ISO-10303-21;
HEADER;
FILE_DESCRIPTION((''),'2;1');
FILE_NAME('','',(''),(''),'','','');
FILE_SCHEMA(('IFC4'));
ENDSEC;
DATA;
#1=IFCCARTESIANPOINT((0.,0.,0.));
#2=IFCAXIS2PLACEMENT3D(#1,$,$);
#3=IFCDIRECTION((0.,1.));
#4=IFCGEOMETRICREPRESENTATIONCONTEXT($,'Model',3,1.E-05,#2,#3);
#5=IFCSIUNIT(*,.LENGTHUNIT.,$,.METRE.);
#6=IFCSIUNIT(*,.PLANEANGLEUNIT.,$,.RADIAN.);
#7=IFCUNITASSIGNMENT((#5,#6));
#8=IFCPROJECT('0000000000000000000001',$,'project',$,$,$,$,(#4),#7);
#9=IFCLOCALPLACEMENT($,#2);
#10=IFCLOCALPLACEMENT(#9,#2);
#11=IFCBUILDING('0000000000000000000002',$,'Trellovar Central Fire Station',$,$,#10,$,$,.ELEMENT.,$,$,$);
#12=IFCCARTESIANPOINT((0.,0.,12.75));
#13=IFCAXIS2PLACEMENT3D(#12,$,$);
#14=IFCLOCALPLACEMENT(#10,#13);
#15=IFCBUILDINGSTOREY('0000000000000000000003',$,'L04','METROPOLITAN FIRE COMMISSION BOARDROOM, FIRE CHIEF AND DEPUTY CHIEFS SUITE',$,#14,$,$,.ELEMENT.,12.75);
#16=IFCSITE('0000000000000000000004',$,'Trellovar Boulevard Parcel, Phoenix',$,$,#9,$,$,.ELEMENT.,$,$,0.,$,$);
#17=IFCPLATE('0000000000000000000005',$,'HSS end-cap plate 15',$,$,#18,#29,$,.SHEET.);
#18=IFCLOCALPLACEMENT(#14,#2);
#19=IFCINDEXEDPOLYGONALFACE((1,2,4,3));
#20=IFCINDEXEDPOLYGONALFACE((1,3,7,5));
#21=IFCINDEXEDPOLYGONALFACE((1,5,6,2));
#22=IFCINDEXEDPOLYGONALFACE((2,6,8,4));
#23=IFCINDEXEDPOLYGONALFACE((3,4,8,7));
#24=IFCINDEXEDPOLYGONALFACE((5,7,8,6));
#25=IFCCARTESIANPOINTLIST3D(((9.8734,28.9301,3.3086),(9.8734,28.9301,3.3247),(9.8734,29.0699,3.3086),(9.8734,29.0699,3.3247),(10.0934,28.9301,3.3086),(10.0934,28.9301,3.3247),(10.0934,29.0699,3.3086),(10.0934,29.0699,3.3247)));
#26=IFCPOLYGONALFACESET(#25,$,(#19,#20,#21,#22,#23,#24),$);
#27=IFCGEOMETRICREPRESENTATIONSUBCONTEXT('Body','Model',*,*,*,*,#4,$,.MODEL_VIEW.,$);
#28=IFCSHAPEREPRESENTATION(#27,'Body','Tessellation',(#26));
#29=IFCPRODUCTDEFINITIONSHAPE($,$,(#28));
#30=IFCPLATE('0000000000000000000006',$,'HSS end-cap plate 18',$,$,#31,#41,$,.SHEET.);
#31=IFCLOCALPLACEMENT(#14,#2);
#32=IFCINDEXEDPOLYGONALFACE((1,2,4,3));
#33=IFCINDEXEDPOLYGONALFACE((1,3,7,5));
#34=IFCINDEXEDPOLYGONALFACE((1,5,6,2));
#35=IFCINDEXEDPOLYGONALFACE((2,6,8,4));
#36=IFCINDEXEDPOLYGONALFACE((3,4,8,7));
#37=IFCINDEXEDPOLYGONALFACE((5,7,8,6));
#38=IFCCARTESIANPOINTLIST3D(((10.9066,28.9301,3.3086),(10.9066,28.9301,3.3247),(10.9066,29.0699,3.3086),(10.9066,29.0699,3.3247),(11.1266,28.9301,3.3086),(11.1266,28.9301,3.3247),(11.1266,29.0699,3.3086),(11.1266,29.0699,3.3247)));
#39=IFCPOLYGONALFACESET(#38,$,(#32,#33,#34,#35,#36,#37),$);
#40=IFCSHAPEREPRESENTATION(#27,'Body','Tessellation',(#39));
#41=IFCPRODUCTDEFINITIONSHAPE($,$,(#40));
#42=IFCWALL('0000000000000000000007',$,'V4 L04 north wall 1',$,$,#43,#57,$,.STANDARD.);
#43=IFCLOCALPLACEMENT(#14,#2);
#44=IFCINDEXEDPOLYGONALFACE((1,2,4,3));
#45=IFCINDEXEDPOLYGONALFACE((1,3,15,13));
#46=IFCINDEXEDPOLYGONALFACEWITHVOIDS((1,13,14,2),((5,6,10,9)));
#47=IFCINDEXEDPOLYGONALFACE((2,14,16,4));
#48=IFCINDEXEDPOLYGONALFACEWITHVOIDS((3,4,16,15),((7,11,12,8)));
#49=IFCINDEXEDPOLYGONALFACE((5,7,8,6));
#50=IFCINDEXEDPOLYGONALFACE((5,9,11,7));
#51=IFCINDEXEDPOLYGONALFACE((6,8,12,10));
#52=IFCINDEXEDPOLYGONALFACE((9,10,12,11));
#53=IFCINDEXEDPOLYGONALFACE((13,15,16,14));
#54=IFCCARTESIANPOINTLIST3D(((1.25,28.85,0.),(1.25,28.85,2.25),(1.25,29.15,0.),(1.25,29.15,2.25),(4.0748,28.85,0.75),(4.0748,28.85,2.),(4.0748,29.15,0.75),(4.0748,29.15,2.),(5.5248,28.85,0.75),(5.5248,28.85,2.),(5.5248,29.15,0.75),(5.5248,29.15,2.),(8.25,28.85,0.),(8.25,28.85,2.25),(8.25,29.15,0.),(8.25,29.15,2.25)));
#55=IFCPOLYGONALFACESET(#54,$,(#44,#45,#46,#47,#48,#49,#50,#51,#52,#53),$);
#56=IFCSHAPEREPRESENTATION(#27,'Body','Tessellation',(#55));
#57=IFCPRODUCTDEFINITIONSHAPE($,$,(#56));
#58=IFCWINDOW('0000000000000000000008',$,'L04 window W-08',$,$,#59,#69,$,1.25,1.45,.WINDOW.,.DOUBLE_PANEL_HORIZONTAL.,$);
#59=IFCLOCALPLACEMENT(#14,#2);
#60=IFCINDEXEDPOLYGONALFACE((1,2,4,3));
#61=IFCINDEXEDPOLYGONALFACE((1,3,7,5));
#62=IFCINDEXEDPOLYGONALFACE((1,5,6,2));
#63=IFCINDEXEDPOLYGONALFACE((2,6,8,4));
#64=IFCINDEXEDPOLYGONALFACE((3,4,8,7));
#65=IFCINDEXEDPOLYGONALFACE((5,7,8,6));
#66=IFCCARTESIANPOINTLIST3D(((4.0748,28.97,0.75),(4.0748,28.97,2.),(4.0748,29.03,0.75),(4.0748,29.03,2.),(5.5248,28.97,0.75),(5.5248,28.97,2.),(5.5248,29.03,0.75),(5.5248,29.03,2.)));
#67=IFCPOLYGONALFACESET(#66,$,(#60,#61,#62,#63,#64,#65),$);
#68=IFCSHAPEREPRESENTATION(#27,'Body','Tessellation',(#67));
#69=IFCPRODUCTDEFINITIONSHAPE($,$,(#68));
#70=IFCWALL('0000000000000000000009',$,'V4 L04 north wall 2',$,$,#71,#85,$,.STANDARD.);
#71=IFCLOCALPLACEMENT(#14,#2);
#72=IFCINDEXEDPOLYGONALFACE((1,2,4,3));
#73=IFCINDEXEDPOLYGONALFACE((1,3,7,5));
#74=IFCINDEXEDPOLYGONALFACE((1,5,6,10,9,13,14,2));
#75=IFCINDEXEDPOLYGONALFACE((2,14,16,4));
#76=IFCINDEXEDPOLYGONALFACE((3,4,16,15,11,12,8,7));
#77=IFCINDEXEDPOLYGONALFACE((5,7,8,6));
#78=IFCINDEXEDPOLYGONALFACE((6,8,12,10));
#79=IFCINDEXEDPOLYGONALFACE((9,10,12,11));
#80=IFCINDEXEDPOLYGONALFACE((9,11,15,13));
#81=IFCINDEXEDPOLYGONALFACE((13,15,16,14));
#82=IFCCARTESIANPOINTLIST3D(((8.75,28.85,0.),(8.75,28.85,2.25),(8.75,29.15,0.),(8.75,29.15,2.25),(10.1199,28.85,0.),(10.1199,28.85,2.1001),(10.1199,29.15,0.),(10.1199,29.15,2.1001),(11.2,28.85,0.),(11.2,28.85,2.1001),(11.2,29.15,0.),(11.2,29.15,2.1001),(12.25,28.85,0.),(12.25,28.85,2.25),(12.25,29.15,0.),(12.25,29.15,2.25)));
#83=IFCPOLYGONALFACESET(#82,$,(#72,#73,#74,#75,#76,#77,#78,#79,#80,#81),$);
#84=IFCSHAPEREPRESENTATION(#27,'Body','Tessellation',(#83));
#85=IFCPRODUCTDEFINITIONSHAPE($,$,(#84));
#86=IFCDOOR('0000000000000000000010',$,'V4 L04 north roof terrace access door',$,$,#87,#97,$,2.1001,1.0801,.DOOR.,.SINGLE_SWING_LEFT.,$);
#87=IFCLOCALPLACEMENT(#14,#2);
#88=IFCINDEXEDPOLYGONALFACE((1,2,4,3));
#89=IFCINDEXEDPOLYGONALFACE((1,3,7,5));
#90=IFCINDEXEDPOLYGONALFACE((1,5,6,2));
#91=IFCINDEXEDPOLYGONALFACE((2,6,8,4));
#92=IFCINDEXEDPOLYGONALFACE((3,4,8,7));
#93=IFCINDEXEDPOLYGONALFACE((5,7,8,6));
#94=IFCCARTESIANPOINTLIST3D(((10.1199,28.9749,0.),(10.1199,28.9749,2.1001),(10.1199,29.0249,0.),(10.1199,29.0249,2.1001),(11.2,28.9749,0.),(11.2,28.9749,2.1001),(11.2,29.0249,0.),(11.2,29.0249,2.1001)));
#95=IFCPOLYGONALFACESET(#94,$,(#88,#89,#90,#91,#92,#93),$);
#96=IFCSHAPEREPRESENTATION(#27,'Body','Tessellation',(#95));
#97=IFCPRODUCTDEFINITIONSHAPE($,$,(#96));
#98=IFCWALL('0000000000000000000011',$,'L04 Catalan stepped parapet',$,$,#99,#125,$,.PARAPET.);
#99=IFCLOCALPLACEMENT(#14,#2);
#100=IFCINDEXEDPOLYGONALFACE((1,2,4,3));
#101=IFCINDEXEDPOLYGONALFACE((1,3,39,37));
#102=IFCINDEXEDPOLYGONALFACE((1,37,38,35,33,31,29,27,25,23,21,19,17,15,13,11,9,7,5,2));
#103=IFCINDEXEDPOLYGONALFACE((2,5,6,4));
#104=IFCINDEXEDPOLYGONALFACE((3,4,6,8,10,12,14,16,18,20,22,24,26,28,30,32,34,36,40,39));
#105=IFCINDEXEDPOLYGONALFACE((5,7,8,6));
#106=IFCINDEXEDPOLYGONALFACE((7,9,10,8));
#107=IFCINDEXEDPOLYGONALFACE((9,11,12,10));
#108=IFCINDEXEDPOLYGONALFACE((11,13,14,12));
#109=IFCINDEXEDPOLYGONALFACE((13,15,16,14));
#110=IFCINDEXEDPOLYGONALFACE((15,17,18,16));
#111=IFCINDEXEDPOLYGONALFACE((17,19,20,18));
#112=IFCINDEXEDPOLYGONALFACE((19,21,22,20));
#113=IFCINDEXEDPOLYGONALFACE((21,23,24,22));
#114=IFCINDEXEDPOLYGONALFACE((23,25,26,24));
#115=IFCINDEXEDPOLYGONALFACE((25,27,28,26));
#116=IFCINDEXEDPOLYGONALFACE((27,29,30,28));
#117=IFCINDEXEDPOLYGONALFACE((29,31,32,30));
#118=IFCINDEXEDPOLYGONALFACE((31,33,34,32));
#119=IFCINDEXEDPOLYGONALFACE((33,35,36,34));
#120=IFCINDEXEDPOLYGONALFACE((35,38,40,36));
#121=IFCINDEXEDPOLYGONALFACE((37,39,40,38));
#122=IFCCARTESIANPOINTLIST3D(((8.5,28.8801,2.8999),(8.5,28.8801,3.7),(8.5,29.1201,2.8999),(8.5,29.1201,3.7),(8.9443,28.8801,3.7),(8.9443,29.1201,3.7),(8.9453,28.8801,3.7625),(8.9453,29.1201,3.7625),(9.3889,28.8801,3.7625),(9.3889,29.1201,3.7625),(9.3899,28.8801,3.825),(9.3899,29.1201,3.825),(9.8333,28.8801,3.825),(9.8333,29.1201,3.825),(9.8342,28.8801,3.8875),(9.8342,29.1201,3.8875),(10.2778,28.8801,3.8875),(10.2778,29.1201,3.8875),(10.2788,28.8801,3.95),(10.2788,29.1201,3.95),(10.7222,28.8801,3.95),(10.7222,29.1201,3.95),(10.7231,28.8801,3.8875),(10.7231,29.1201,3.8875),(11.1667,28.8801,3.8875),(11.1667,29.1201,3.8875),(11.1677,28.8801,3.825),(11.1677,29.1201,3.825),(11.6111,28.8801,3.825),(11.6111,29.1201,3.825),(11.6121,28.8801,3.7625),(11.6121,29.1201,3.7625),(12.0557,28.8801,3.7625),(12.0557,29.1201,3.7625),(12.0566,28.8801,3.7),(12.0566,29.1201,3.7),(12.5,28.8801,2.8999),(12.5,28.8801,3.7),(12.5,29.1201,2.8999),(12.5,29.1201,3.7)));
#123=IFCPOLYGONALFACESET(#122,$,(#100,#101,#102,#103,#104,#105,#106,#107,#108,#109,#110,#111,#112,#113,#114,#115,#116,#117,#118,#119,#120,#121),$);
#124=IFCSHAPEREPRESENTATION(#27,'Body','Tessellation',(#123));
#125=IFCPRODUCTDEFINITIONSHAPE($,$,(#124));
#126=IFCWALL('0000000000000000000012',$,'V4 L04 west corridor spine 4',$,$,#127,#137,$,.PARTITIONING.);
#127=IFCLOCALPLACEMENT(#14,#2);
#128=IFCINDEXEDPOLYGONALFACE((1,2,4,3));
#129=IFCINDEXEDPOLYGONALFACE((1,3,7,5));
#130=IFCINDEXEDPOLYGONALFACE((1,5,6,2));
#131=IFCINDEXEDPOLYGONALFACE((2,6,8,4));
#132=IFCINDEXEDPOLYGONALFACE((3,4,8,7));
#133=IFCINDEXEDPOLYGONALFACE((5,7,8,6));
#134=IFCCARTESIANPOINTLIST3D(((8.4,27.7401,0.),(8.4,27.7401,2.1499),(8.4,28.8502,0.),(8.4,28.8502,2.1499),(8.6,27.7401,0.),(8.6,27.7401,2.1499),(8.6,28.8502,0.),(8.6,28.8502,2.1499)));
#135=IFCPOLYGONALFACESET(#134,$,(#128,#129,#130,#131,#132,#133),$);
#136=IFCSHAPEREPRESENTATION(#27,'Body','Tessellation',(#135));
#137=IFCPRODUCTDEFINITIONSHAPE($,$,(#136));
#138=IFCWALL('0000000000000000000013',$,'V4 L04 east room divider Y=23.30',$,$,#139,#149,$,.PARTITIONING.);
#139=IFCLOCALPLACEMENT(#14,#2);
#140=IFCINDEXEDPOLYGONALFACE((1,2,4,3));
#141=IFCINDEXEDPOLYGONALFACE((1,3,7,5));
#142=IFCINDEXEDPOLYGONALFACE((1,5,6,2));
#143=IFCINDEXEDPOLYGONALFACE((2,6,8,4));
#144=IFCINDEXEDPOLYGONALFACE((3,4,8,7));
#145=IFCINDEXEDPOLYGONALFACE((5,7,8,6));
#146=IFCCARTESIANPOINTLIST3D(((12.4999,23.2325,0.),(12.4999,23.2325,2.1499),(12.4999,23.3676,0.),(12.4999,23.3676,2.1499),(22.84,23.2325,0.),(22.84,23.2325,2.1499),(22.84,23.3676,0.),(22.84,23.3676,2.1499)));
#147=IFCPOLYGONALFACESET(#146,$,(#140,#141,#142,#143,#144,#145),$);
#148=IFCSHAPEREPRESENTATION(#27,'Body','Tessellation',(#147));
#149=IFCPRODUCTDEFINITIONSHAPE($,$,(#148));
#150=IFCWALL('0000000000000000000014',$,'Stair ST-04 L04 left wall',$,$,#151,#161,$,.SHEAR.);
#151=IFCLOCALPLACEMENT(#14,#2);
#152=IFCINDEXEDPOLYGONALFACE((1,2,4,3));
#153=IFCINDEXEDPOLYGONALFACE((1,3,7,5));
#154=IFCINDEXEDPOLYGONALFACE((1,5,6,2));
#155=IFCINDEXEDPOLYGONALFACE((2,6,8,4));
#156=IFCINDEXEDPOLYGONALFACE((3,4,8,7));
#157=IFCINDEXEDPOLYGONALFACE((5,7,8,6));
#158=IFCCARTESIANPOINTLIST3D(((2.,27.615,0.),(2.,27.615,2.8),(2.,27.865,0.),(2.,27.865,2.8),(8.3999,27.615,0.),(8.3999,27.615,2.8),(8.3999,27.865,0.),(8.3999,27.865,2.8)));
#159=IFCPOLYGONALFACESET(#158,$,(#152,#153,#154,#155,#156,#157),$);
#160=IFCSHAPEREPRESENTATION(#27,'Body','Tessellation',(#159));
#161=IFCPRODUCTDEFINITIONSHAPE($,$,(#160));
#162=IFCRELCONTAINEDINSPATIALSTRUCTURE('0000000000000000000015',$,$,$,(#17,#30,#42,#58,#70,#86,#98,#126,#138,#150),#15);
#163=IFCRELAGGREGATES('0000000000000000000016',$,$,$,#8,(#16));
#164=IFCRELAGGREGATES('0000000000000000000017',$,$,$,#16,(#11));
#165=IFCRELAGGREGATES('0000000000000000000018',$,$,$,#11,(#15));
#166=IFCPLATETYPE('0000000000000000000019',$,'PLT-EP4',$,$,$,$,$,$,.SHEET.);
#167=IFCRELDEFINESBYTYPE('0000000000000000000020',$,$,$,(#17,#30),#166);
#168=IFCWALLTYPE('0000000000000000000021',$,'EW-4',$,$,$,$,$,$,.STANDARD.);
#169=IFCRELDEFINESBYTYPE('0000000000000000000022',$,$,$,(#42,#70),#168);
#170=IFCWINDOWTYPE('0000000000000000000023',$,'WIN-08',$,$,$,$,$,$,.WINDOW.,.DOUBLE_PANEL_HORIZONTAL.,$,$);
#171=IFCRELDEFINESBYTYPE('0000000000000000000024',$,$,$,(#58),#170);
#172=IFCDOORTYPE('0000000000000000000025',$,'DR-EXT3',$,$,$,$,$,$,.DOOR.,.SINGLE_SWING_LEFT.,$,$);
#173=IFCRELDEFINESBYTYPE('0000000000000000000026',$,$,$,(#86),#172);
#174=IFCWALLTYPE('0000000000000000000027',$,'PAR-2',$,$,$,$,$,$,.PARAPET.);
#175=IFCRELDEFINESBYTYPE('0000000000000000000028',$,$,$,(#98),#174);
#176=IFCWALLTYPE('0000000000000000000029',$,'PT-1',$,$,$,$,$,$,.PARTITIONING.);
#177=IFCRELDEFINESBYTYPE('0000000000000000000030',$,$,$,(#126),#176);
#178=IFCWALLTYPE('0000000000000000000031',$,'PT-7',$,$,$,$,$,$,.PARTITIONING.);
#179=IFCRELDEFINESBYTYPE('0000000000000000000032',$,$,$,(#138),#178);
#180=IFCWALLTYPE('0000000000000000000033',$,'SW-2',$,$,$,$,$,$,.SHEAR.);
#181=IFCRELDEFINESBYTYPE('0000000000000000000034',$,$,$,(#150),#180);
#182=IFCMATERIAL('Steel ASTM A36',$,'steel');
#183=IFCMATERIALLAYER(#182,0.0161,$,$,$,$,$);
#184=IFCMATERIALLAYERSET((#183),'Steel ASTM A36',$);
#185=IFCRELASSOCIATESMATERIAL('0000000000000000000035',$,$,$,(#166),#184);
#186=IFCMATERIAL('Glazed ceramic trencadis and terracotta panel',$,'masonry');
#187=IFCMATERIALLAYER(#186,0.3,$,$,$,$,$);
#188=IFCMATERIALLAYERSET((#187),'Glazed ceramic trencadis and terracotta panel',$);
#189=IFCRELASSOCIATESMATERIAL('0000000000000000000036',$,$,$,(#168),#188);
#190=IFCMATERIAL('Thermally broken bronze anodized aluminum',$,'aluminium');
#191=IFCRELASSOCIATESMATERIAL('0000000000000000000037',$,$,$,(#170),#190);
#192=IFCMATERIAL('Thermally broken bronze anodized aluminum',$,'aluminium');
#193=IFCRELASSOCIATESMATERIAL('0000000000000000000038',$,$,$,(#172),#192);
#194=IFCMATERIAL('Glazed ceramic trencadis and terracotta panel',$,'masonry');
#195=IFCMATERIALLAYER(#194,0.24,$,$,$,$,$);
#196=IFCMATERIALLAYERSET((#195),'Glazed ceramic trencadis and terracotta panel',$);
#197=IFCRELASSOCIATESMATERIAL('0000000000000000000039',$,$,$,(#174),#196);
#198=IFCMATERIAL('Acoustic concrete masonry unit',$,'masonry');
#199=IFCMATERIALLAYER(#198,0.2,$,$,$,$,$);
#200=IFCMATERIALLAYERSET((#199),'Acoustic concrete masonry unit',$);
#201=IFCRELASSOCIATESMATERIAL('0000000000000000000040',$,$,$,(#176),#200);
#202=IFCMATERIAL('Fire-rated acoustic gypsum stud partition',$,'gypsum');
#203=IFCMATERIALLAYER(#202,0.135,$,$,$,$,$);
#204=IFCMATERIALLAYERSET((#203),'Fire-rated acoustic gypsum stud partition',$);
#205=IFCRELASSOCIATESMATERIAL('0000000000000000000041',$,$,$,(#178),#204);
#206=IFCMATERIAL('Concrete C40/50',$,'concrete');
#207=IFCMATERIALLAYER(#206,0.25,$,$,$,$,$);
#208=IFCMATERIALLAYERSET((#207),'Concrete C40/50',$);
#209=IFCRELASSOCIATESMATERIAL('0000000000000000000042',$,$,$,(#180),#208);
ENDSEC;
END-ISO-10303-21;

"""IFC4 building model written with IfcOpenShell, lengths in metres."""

from ifc_helpers import new_model, si_unit, direction, frame, frame_2d, origin, origin_2d, place, context, subcontext, project, spatial, polyline, rectangle, outline, extrude, material, layer, layer_set, type_object, element, fill, save


model = new_model("IFC4")

# Units and contexts
model_context = context("Model", 3, precision=1e-05, world=origin(), true_north=direction((0.0, 1.0)))
body_context = subcontext(model_context, "Body", "Model", "MODEL_VIEW")
ifc_project = project(units=[si_unit("LENGTHUNIT", "METRE"), si_unit("PLANEANGLEUNIT", "RADIAN")], contexts=[model_context])

# Site, building, storey
site_placement = place(None, origin())
site = spatial("IfcSite", under=ifc_project, at=site_placement, Name="Trellovar Boulevard Parcel, Phoenix", CompositionType="ELEMENT", RefElevation=0.0)
building_placement = place(site_placement, origin())
building = spatial("IfcBuilding", under=site, at=building_placement, Name="Trellovar Central Fire Station", CompositionType="ELEMENT")
storey_placement = place(building_placement, frame((0.0, 0.0, 12.75)))
storey = spatial("IfcBuildingStorey", under=building, at=storey_placement, Name="L04", Description="METROPOLITAN FIRE COMMISSION BOARDROOM, FIRE CHIEF AND DEPUTY CHIEFS SUITE", CompositionType="ELEMENT", Elevation=12.75)

# Plates
ifc_material_1 = material(Name="Steel ASTM A36", Category="steel")
ifc_layer_1 = layer(ifc_material_1, 0.0161)
ifc_layer_set_1 = layer_set([ifc_layer_1], Name="Steel ASTM A36")
plate_type = type_object("IfcPlateType", Name="PLT-EP4", PredefinedType="SHEET", material=ifc_layer_set_1)
for number, where, z_axis, x_axis, name in (
    (1, (9.9834, 29.0, 3.3086), (0.0, 0.0, 1.0), (1.0, 0.0, 0.0), "HSS end-cap plate 15"),
    (2, (11.0166, 29.0, 3.3086), (0.0, 0.0, 1.0), (1.0, 0.0, 0.0), "HSS end-cap plate 18"),
):
    element("IfcPlate", number, at=place(storey_placement, frame(where, z_axis=z_axis, x_axis=x_axis)), inside=storey, type_object=plate_type, Name=name, PredefinedType="SHEET", context=body_context, shape_type="SweptSolid", body=[
        extrude(rectangle(XDim=0.22, YDim=0.1399, at=origin_2d()), origin(), (0.0, 0.0, 1.0), 0.0161),
    ])

# Wall, opening, window
ifc_material_2 = material(Name="Glazed ceramic trencadis and terracotta panel", Category="masonry")
ifc_layer_2 = layer(ifc_material_2, 0.3)
ifc_layer_set_2 = layer_set([ifc_layer_2], Name="Glazed ceramic trencadis and terracotta panel")
wall_type_1 = type_object("IfcWallType", Name="EW-4", PredefinedType="STANDARD", material=ifc_layer_set_2)
wall_1_placement = place(storey_placement, frame((8.25, 29.0, 0.0), z_axis=(0.0, 0.0, 1.0), x_axis=(-1.0, 0.0, 0.0)))
wall_1 = element("IfcWall", 3, at=wall_1_placement, inside=storey, type_object=wall_type_1, Name="V4 L04 north wall 1", PredefinedType="STANDARD", context=body_context, shape_type="SweptSolid", body=[
    extrude(rectangle(XDim=7.0, YDim=0.3, at=frame_2d((3.5, 0.0))), origin(), (0.0, 0.0, 1.0), 2.25),
])
opening_1_placement = place(wall_1_placement, frame((2.7251, 0.0, 0.75)))
opening_1 = element("IfcOpeningElement", 4, at=opening_1_placement, cuts=wall_1, PredefinedType="OPENING", context=body_context, shape_type="SweptSolid", body=[
    extrude(rectangle(XDim=1.45, YDim=1.25, at=frame_2d((0.7251, 0.625))), frame((0.0, 0.1599, 0.0), z_axis=(0.0, -1.0, 0.0), x_axis=(1.0, 0.0, 0.0)), (0.0, 0.0, 1.0), 0.3201),
])
ifc_material_3 = material(Name="Thermally broken bronze anodized aluminum", Category="aluminium")
window_type = type_object("IfcWindowType", Name="WIN-08", PartitioningType="DOUBLE_PANEL_HORIZONTAL", PredefinedType="WINDOW", material=ifc_material_3)
window_placement = place(opening_1_placement, origin())
window = element("IfcWindow", 5, at=window_placement, inside=storey, type_object=window_type, Name="L04 window W-08", OverallHeight=1.25, OverallWidth=1.45, PartitioningType="DOUBLE_PANEL_HORIZONTAL", PredefinedType="WINDOW", context=body_context, shape_type="SweptSolid", body=[
    extrude(rectangle(XDim=1.45, YDim=1.25, at=frame_2d((0.7251, 0.625))), frame((0.0, 0.03, 0.0), z_axis=(0.0, -1.0, 0.0), x_axis=(1.0, 0.0, 0.0)), (0.0, 0.0, 1.0), 0.0601),
])
fill(opening_1, window)

# Wall, opening, door
wall_2_placement = place(storey_placement, frame((12.25, 29.0, 0.0), z_axis=(0.0, 0.0, 1.0), x_axis=(-1.0, 0.0, 0.0)))
wall_2 = element("IfcWall", 6, at=wall_2_placement, inside=storey, type_object=wall_type_1, Name="V4 L04 north wall 2", PredefinedType="STANDARD", context=body_context, shape_type="SweptSolid", body=[
    extrude(rectangle(XDim=3.5, YDim=0.3, at=frame_2d((1.75, 0.0))), origin(), (0.0, 0.0, 1.0), 2.25),
])
opening_2_placement = place(wall_2_placement, frame((1.05, 0.0, 0.0)))
opening_2 = element("IfcOpeningElement", 7, at=opening_2_placement, cuts=wall_2, PredefinedType="OPENING", context=body_context, shape_type="SweptSolid", body=[
    extrude(rectangle(XDim=1.0801, YDim=2.1001, at=frame_2d((0.54, 1.05))), frame((0.0, 0.1599, 0.0), z_axis=(0.0, -1.0, 0.0), x_axis=(1.0, 0.0, 0.0)), (0.0, 0.0, 1.0), 0.3201),
])
ifc_material_4 = material(Name="Thermally broken bronze anodized aluminum", Category="aluminium")
door_type_1 = type_object("IfcDoorType", Name="DR-EXT3", OperationType="SINGLE_SWING_LEFT", PredefinedType="DOOR", material=ifc_material_4)
door_1_placement = place(opening_2_placement, frame((1.0801, 0.0, 0.0), z_axis=(0.0, 0.0, 1.0), x_axis=(-1.0, 0.0, 0.0)))
door_1 = element("IfcDoor", 8, at=door_1_placement, inside=storey, type_object=door_type_1, Name="V4 L04 north roof terrace access door", OperationType="SINGLE_SWING_LEFT", OverallHeight=2.1001, OverallWidth=1.0801, PredefinedType="DOOR", context=body_context, shape_type="SweptSolid", body=[
    extrude(rectangle(XDim=1.0801, YDim=2.1001, at=frame_2d((0.54, 1.05))), frame((0.0, 0.0249, 0.0), z_axis=(0.0, -1.0, 0.0), x_axis=(1.0, 0.0, 0.0)), (0.0, 0.0, 1.0), 0.05),
])
fill(opening_2, door_1)

# Walls
ifc_material_5 = material(Name="Glazed ceramic trencadis and terracotta panel", Category="masonry")
ifc_layer_3 = layer(ifc_material_5, 0.24)
ifc_layer_set_3 = layer_set([ifc_layer_3], Name="Glazed ceramic trencadis and terracotta panel")
wall_type_2 = type_object("IfcWallType", Name="PAR-2", PredefinedType="PARAPET", material=ifc_layer_set_3)
wall_3_placement = place(storey_placement, frame((8.5, 29.0, 2.8999), z_axis=(0.0, 0.0, 1.0), x_axis=(1.0, 0.0, 0.0)))
element("IfcWall", 9, at=wall_3_placement, inside=storey, type_object=wall_type_2, Name="L04 Catalan stepped parapet", PredefinedType="PARAPET", context=body_context, shape_type="SweptSolid", body=[
    extrude(outline(polyline([(0.0, 0.0), (4.0, 0.0), (4.0, 0.8), (3.5566, 0.8), (3.5557, 0.8625), (3.1121, 0.8625), (3.1111, 0.925), (2.6677, 0.925), (2.6667, 0.9875), (2.2231, 0.9875), (2.2222, 1.05), (1.7788, 1.05), (1.7778, 0.9875), (1.3342, 0.9875), (1.3333, 0.925), (0.8899, 0.925), (0.8889, 0.8625), (0.4453, 0.8625), (0.4443, 0.8), (0.0, 0.8), (0.0, 0.0)])), frame((0.0, 0.1201, 0.0), z_axis=(0.0, -1.0, 0.0), x_axis=(1.0, 0.0, 0.0)), (0.0, 0.0, 1.0), 0.24),
])
ifc_material_6 = material(Name="Acoustic concrete masonry unit", Category="masonry")
ifc_layer_4 = layer(ifc_material_6, 0.2)
ifc_layer_set_4 = layer_set([ifc_layer_4], Name="Acoustic concrete masonry unit")
wall_type_3 = type_object("IfcWallType", Name="PT-1", PredefinedType="PARTITIONING", material=ifc_layer_set_4)
wall_4_placement = place(storey_placement, frame((8.5, 27.74, 0.0), z_axis=(0.0, 0.0, 1.0), x_axis=(0.0, 1.0, 0.0)))
element("IfcWall", 10, at=wall_4_placement, inside=storey, type_object=wall_type_3, Name="V4 L04 west corridor spine 4", PredefinedType="PARTITIONING", context=body_context, shape_type="SweptSolid", body=[
    extrude(rectangle(XDim=1.1101, YDim=0.2, at=frame_2d((0.5552, 0.0))), origin(), (0.0, 0.0, 1.0), 2.1499),
])

# Wall
ifc_material_7 = material(Name="Fire-rated acoustic gypsum stud partition", Category="gypsum")
ifc_layer_5 = layer(ifc_material_7, 0.135)
ifc_layer_set_5 = layer_set([ifc_layer_5], Name="Fire-rated acoustic gypsum stud partition")
wall_type_4 = type_object("IfcWallType", Name="PT-7", PredefinedType="PARTITIONING", material=ifc_layer_set_5)
wall_5_placement = place(storey_placement, frame((12.5, 23.3, 0.0), z_axis=(0.0, 0.0, 1.0), x_axis=(1.0, 0.0, 0.0)))
element("IfcWall", 11, at=wall_5_placement, inside=storey, type_object=wall_type_4, Name="V4 L04 east room divider Y=23.30", PredefinedType="PARTITIONING", context=body_context, shape_type="SweptSolid", body=[
    extrude(rectangle(XDim=10.3401, YDim=0.135, at=frame_2d((5.1699, 0.0))), origin(), (0.0, 0.0, 1.0), 2.1499),
])

# Wall
ifc_material_8 = material(Name="Concrete C40/50", Category="concrete")
ifc_layer_6 = layer(ifc_material_8, 0.25)
ifc_layer_set_6 = layer_set([ifc_layer_6], Name="Concrete C40/50")
wall_type_5 = type_object("IfcWallType", Name="SW-2", PredefinedType="SHEAR", material=ifc_layer_set_6)
wall_6_placement = place(storey_placement, frame((8.3999, 27.74, 0.0), z_axis=(0.0, 0.0, 1.0), x_axis=(-1.0, 0.0, 0.0)))
element("IfcWall", 12, at=wall_6_placement, inside=storey, type_object=wall_type_5, Name="Stair ST-04 L04 left wall", PredefinedType="SHEAR", context=body_context, shape_type="SweptSolid", body=[
    extrude(rectangle(XDim=6.3999, YDim=0.25, at=frame_2d((3.2, 0.0))), origin(), (0.0, 0.0, 1.0), 2.8),
])

save(model, "model.ifc")
